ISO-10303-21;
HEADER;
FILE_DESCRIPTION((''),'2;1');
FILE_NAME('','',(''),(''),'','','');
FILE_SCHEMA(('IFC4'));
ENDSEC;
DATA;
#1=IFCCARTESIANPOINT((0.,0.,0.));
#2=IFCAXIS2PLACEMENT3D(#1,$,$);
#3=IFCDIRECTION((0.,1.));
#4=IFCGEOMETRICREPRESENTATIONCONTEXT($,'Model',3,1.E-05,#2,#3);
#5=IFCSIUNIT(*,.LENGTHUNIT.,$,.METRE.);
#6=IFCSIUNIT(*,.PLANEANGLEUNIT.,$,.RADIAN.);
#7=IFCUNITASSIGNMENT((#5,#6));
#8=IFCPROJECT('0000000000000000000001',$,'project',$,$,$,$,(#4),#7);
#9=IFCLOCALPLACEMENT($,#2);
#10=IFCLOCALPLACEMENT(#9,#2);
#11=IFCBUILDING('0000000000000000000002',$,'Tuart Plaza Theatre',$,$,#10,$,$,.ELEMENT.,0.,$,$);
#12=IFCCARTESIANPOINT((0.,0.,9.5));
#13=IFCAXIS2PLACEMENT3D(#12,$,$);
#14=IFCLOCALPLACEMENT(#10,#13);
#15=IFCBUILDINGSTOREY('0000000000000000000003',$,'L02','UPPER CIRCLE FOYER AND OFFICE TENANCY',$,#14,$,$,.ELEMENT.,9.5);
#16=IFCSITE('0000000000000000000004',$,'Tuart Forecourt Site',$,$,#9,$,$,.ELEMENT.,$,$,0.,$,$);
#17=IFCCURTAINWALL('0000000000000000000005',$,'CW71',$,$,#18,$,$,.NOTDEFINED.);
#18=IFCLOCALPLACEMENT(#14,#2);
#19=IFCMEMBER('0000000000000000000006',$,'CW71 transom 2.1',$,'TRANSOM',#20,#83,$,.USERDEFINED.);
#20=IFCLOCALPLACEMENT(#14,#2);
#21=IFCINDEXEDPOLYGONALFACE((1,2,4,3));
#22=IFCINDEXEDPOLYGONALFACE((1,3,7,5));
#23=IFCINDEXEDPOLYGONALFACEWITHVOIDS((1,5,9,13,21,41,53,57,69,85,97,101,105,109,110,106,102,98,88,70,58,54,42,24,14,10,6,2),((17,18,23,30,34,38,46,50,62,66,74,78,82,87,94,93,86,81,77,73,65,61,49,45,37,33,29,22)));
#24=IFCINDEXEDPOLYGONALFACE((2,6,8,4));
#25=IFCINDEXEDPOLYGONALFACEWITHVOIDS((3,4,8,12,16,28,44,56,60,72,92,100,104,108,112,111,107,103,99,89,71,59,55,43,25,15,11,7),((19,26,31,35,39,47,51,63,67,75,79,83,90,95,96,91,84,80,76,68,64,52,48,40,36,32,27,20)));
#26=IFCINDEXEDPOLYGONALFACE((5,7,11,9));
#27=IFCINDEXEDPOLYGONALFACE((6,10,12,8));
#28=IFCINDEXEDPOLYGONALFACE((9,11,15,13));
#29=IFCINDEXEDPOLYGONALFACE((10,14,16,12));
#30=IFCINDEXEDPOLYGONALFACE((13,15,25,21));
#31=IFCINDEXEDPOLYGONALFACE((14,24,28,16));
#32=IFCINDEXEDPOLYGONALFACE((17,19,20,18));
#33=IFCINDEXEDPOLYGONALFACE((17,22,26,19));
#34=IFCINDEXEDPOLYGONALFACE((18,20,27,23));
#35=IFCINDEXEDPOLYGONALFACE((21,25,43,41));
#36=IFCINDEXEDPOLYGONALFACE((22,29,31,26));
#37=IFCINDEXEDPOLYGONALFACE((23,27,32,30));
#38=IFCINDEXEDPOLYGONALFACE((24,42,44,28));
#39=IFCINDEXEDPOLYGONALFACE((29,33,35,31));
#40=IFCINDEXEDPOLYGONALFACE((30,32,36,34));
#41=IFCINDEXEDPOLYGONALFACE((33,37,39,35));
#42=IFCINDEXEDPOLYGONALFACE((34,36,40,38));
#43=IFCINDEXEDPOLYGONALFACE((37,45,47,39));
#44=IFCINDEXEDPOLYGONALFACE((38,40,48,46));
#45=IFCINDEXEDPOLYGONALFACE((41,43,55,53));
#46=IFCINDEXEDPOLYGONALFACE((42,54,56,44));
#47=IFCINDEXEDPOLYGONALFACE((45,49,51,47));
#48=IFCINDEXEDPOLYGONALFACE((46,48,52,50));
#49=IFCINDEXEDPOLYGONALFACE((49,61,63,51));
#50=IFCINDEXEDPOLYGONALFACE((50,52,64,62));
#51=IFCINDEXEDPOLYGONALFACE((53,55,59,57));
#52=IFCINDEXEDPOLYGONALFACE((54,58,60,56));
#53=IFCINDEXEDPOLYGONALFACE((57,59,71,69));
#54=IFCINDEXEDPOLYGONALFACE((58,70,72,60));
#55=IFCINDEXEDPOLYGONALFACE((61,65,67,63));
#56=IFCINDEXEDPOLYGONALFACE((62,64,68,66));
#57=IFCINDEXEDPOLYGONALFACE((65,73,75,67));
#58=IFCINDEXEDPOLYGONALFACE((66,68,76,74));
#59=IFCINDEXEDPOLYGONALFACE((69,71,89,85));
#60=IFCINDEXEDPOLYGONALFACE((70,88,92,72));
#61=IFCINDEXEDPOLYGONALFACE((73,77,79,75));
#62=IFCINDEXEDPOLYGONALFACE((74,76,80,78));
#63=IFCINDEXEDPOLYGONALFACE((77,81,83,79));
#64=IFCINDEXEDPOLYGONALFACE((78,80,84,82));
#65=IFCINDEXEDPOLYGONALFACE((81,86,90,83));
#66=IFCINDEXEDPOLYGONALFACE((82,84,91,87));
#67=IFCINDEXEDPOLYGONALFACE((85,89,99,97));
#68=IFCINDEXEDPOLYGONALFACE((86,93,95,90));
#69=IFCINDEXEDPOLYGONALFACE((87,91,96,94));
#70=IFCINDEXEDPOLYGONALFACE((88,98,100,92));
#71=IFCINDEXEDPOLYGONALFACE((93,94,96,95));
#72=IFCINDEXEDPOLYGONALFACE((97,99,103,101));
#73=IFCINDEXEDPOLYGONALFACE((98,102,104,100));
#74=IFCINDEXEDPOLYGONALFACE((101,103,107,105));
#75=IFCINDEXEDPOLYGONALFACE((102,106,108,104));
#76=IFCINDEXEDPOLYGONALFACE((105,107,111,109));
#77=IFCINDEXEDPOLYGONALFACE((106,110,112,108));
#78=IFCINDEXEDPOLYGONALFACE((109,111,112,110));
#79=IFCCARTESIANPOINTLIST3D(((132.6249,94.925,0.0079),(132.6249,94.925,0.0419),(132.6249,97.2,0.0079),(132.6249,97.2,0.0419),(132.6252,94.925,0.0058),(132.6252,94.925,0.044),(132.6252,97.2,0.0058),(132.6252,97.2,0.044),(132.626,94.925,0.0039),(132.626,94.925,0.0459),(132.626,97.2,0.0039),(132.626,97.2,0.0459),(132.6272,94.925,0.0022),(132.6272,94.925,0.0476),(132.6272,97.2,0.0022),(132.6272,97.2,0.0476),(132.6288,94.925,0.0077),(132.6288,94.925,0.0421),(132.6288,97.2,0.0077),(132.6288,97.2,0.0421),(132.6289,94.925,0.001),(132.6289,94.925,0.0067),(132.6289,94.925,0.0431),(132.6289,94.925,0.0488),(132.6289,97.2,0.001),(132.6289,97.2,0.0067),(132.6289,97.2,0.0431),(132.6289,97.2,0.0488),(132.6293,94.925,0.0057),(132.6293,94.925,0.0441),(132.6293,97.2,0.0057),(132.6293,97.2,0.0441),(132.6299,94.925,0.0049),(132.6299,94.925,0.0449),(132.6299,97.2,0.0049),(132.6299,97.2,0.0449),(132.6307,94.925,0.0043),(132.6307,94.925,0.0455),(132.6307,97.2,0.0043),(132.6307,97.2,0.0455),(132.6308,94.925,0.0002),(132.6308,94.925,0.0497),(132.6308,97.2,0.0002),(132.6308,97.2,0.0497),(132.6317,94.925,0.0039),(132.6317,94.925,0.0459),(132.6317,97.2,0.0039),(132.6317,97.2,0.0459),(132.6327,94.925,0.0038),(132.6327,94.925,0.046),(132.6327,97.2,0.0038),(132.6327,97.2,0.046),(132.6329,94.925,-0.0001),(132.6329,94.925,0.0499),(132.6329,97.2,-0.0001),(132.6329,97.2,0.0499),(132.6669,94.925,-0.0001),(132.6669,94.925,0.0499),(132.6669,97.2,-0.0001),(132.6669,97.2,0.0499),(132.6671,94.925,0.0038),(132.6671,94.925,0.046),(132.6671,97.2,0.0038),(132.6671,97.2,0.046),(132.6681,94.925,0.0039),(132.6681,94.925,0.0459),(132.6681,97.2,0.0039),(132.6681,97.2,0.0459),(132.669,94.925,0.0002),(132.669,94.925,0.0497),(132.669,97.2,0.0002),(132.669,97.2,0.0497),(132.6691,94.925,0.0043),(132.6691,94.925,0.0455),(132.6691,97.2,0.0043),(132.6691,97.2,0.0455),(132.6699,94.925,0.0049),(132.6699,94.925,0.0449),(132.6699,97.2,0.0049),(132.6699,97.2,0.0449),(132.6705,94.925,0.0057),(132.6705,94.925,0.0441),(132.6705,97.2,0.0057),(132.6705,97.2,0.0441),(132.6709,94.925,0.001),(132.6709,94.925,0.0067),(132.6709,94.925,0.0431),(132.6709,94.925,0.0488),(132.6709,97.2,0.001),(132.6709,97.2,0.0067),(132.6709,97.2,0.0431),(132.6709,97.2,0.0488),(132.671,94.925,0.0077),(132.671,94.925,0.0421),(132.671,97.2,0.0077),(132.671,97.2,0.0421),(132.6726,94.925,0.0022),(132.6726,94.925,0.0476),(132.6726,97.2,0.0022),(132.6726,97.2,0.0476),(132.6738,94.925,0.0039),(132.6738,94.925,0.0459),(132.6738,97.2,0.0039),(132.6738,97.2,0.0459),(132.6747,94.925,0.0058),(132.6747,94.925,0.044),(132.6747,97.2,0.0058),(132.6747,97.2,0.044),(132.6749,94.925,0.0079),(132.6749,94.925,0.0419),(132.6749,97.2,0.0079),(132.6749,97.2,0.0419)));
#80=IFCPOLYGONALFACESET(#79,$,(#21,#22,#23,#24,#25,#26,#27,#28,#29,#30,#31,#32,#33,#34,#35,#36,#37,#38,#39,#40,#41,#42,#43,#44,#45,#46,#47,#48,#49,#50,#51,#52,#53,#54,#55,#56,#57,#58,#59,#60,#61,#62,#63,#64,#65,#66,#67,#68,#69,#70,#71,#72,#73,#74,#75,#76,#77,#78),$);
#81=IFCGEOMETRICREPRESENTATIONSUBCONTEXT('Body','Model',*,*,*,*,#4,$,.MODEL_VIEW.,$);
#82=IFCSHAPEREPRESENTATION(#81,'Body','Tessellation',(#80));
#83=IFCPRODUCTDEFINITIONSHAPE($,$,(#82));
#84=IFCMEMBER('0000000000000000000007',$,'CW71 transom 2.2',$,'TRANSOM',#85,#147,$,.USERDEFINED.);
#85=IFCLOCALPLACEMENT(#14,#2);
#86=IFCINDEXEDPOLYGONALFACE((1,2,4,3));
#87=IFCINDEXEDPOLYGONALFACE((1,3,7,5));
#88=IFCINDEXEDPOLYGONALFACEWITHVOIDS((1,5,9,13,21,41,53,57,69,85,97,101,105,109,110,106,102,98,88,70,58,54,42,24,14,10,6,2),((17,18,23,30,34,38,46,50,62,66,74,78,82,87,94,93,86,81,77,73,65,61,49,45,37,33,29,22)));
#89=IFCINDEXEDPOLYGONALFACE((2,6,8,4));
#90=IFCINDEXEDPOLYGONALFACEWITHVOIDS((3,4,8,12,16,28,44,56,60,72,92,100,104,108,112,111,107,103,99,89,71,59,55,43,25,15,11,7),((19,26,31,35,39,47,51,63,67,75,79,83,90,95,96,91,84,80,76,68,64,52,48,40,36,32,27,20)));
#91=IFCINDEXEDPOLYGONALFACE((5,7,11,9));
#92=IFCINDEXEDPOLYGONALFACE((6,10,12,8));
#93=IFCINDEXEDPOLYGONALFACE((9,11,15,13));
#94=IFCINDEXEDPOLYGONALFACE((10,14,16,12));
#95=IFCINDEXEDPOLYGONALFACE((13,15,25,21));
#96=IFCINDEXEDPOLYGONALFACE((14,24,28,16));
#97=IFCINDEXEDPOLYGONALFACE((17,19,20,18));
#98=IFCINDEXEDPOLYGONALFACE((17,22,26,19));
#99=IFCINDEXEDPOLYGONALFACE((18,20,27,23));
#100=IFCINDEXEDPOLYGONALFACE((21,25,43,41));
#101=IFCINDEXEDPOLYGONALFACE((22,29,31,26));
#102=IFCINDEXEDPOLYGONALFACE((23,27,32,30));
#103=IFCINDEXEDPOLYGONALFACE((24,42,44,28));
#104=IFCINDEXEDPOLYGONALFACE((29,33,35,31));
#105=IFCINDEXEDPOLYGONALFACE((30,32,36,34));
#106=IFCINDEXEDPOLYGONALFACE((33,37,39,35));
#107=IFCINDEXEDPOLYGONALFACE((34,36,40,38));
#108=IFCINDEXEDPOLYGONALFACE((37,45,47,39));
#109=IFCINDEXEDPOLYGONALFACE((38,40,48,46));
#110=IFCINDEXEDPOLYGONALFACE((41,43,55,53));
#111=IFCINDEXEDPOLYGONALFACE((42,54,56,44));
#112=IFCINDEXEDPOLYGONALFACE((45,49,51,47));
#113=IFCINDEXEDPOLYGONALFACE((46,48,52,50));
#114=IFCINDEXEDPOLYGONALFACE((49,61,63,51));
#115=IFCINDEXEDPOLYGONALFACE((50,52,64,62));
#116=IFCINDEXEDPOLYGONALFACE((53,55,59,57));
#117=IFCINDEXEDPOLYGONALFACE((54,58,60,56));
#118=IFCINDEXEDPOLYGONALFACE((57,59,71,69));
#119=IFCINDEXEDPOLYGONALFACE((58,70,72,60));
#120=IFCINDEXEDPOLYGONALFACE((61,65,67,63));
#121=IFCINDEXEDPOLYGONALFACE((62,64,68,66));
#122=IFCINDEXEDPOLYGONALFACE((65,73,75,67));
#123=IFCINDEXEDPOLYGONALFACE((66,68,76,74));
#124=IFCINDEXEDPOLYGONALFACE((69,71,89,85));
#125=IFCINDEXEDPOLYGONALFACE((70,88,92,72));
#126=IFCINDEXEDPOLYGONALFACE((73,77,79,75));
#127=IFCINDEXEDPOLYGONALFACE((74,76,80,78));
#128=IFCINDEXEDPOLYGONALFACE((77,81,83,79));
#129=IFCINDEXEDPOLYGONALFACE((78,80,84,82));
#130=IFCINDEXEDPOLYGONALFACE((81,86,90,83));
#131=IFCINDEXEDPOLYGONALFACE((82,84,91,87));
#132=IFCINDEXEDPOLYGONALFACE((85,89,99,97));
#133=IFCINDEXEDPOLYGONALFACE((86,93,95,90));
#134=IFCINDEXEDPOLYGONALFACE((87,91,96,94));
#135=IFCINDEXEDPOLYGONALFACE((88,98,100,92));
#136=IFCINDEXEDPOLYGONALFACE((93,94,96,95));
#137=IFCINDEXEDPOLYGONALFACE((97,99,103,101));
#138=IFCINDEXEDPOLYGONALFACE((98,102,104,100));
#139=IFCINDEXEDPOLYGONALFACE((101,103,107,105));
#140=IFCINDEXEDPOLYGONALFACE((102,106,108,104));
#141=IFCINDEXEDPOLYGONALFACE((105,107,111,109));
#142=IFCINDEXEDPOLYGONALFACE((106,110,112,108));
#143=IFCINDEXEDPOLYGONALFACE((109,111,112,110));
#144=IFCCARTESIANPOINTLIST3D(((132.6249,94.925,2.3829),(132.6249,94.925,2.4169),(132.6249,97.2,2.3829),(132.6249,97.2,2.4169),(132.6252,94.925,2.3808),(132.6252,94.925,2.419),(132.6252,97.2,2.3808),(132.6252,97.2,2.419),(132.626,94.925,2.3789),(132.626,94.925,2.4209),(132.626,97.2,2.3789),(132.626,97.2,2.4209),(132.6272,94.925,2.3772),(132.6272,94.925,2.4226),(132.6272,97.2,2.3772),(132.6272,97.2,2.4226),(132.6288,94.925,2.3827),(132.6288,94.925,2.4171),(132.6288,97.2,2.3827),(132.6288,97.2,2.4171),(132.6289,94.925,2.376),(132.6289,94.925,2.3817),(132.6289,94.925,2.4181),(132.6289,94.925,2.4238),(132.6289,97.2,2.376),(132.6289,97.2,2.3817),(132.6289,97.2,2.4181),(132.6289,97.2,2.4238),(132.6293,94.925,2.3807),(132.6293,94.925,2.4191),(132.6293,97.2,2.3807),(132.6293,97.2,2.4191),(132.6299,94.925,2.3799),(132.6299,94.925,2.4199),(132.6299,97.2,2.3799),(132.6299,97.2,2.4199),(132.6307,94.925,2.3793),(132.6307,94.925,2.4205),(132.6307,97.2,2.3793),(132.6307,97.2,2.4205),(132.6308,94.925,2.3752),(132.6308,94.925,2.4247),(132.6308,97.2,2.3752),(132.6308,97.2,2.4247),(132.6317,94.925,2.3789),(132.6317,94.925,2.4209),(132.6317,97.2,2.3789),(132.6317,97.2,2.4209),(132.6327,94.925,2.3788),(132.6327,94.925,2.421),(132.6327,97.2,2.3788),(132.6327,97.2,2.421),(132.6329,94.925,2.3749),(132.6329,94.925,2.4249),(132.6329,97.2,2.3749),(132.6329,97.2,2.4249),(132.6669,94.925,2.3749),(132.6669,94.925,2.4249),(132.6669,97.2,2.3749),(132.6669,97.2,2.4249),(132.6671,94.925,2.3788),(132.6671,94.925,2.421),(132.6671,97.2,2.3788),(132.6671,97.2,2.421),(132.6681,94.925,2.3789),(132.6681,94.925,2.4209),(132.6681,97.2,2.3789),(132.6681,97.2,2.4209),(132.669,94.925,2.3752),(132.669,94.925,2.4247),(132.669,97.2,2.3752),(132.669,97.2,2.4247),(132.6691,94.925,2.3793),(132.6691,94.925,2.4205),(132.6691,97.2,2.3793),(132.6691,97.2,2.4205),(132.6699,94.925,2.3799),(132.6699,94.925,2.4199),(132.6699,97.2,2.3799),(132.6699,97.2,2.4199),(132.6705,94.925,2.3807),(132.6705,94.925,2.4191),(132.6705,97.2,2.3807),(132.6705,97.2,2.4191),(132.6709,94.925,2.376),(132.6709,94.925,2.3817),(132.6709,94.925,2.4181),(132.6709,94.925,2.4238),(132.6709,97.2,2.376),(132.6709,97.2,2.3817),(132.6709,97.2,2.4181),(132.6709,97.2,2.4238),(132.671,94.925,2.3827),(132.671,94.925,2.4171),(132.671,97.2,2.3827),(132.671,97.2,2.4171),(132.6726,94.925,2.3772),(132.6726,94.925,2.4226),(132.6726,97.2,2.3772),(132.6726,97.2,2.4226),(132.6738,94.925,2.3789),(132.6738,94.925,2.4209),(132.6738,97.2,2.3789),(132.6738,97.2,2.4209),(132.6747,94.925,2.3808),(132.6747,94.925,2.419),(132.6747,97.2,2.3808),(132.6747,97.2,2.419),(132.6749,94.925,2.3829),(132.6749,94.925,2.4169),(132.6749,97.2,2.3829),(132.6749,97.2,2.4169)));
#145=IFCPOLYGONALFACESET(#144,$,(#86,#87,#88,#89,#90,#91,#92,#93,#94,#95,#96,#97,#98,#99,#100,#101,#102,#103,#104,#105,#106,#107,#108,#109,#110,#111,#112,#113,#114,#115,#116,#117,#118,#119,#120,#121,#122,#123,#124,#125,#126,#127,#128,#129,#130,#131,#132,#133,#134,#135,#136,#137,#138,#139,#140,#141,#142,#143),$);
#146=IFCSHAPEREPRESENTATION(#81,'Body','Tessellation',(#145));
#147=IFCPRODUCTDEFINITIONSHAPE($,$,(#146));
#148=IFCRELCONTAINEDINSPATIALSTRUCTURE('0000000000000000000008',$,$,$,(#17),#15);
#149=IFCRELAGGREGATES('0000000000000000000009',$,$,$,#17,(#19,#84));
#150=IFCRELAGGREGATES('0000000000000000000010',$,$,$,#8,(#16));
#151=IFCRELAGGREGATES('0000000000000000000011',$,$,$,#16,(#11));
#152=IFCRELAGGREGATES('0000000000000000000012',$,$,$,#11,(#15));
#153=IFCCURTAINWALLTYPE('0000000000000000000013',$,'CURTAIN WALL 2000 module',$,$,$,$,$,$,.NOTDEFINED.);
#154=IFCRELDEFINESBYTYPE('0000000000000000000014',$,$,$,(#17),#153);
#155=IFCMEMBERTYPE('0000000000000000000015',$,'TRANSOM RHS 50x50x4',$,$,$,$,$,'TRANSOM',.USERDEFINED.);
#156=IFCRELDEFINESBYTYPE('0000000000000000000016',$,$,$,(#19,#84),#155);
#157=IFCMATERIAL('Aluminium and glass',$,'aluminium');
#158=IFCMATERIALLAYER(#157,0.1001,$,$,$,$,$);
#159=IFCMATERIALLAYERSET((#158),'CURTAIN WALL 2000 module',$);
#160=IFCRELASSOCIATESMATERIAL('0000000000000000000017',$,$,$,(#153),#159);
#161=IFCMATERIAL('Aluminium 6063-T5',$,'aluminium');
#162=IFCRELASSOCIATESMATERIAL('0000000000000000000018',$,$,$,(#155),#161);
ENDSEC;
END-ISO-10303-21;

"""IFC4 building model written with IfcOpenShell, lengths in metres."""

from ifc_helpers import new_model, si_unit, direction, frame, origin, origin_2d, place, context, subcontext, project, spatial, hollow_rectangle, extrude, material, layer, layer_set, material_profile, profile_set, type_object, element, aggregate, save


model = new_model("IFC4")

# Units and contexts
model_context = context("Model", 3, precision=1e-05, world=origin(), true_north=direction((0.0, 1.0)))
body_context = subcontext(model_context, "Body", "Model", "MODEL_VIEW")
ifc_project = project(units=[si_unit("LENGTHUNIT", "METRE"), si_unit("PLANEANGLEUNIT", "RADIAN")], contexts=[model_context])

# Site, building, storey
site_placement = place(None, origin())
site = spatial("IfcSite", under=ifc_project, at=site_placement, Name="Tuart Forecourt Site", CompositionType="ELEMENT", RefElevation=0.0)
building_placement = place(site_placement, origin())
building = spatial("IfcBuilding", under=site, at=building_placement, Name="Tuart Plaza Theatre", CompositionType="ELEMENT", ElevationOfRefHeight=0.0)
storey_placement = place(building_placement, frame((0.0, 0.0, 9.5)))
storey = spatial("IfcBuildingStorey", under=building, at=storey_placement, Name="L02", Description="UPPER CIRCLE FOYER AND OFFICE TENANCY", CompositionType="ELEMENT", Elevation=9.5)

# Curtain wall
ifc_material_1 = material(Name="Aluminium and glass", Category="aluminium")
ifc_layer_1 = layer(ifc_material_1, 0.1001)
ifc_layer_set_1 = layer_set([ifc_layer_1], Name="CURTAIN WALL 2000 module")
curtain_wall_type = type_object("IfcCurtainWallType", Name="CURTAIN WALL 2000 module", PredefinedType="NOTDEFINED", material=ifc_layer_set_1)
curtain_wall_1_placement = place(storey_placement, origin())
curtain_wall_1 = element("IfcCurtainWall", 1, at=curtain_wall_1_placement, inside=storey, type_object=curtain_wall_type, Name="CW71", PredefinedType="NOTDEFINED")

# Members
ifc_material_2 = material(Name="Aluminium 6063-T5", Category="aluminium")
ifc_material_profile_1 = material_profile(ifc_material_2, hollow_rectangle(XDim=0.05, YDim=0.05, WallThickness=0.0039, InnerFilletRadius=0.0039, OuterFilletRadius=0.0081, at=origin_2d()), Name="RHS 50x50x4")
ifc_profile_set_1 = profile_set([ifc_material_profile_1], Name="Aluminium 6063-T5")
member_type_1 = type_object("IfcMemberType", Name="TRANSOM RHS 50x50x4", ElementType="TRANSOM", PredefinedType="USERDEFINED", material=ifc_profile_set_1)
member_1_placement = place(storey_placement, frame((132.6499, 94.925, 0.0249), z_axis=(0.0, 1.0, 0.0), x_axis=(-1.0, 0.0, 0.0)))
member_1 = element("IfcMember", 2, at=member_1_placement, type_object=member_type_1, Name="CW71 transom 2.1", ObjectType="TRANSOM", PredefinedType="USERDEFINED", context=body_context, shape_type="SweptSolid", body=[
    extrude(hollow_rectangle(XDim=0.05, YDim=0.05, WallThickness=0.0039, InnerFilletRadius=0.0039, OuterFilletRadius=0.0081, at=origin_2d()), origin(), (0.0, 0.0, 1.0), 2.2749),
])
member_2_placement = place(storey_placement, frame((132.6499, 94.925, 2.3999), z_axis=(0.0, 1.0, 0.0), x_axis=(-1.0, 0.0, 0.0)))
member_2 = element("IfcMember", 3, at=member_2_placement, type_object=member_type_1, Name="CW71 transom 2.2", ObjectType="TRANSOM", PredefinedType="USERDEFINED", context=body_context, shape_type="SweptSolid", body=[
    extrude(hollow_rectangle(XDim=0.05, YDim=0.05, WallThickness=0.0039, InnerFilletRadius=0.0039, OuterFilletRadius=0.0081, at=origin_2d()), origin(), (0.0, 0.0, 1.0), 2.2749),
])

aggregate(curtain_wall_1, [member_1, member_2])

save(model, "model.ifc")
